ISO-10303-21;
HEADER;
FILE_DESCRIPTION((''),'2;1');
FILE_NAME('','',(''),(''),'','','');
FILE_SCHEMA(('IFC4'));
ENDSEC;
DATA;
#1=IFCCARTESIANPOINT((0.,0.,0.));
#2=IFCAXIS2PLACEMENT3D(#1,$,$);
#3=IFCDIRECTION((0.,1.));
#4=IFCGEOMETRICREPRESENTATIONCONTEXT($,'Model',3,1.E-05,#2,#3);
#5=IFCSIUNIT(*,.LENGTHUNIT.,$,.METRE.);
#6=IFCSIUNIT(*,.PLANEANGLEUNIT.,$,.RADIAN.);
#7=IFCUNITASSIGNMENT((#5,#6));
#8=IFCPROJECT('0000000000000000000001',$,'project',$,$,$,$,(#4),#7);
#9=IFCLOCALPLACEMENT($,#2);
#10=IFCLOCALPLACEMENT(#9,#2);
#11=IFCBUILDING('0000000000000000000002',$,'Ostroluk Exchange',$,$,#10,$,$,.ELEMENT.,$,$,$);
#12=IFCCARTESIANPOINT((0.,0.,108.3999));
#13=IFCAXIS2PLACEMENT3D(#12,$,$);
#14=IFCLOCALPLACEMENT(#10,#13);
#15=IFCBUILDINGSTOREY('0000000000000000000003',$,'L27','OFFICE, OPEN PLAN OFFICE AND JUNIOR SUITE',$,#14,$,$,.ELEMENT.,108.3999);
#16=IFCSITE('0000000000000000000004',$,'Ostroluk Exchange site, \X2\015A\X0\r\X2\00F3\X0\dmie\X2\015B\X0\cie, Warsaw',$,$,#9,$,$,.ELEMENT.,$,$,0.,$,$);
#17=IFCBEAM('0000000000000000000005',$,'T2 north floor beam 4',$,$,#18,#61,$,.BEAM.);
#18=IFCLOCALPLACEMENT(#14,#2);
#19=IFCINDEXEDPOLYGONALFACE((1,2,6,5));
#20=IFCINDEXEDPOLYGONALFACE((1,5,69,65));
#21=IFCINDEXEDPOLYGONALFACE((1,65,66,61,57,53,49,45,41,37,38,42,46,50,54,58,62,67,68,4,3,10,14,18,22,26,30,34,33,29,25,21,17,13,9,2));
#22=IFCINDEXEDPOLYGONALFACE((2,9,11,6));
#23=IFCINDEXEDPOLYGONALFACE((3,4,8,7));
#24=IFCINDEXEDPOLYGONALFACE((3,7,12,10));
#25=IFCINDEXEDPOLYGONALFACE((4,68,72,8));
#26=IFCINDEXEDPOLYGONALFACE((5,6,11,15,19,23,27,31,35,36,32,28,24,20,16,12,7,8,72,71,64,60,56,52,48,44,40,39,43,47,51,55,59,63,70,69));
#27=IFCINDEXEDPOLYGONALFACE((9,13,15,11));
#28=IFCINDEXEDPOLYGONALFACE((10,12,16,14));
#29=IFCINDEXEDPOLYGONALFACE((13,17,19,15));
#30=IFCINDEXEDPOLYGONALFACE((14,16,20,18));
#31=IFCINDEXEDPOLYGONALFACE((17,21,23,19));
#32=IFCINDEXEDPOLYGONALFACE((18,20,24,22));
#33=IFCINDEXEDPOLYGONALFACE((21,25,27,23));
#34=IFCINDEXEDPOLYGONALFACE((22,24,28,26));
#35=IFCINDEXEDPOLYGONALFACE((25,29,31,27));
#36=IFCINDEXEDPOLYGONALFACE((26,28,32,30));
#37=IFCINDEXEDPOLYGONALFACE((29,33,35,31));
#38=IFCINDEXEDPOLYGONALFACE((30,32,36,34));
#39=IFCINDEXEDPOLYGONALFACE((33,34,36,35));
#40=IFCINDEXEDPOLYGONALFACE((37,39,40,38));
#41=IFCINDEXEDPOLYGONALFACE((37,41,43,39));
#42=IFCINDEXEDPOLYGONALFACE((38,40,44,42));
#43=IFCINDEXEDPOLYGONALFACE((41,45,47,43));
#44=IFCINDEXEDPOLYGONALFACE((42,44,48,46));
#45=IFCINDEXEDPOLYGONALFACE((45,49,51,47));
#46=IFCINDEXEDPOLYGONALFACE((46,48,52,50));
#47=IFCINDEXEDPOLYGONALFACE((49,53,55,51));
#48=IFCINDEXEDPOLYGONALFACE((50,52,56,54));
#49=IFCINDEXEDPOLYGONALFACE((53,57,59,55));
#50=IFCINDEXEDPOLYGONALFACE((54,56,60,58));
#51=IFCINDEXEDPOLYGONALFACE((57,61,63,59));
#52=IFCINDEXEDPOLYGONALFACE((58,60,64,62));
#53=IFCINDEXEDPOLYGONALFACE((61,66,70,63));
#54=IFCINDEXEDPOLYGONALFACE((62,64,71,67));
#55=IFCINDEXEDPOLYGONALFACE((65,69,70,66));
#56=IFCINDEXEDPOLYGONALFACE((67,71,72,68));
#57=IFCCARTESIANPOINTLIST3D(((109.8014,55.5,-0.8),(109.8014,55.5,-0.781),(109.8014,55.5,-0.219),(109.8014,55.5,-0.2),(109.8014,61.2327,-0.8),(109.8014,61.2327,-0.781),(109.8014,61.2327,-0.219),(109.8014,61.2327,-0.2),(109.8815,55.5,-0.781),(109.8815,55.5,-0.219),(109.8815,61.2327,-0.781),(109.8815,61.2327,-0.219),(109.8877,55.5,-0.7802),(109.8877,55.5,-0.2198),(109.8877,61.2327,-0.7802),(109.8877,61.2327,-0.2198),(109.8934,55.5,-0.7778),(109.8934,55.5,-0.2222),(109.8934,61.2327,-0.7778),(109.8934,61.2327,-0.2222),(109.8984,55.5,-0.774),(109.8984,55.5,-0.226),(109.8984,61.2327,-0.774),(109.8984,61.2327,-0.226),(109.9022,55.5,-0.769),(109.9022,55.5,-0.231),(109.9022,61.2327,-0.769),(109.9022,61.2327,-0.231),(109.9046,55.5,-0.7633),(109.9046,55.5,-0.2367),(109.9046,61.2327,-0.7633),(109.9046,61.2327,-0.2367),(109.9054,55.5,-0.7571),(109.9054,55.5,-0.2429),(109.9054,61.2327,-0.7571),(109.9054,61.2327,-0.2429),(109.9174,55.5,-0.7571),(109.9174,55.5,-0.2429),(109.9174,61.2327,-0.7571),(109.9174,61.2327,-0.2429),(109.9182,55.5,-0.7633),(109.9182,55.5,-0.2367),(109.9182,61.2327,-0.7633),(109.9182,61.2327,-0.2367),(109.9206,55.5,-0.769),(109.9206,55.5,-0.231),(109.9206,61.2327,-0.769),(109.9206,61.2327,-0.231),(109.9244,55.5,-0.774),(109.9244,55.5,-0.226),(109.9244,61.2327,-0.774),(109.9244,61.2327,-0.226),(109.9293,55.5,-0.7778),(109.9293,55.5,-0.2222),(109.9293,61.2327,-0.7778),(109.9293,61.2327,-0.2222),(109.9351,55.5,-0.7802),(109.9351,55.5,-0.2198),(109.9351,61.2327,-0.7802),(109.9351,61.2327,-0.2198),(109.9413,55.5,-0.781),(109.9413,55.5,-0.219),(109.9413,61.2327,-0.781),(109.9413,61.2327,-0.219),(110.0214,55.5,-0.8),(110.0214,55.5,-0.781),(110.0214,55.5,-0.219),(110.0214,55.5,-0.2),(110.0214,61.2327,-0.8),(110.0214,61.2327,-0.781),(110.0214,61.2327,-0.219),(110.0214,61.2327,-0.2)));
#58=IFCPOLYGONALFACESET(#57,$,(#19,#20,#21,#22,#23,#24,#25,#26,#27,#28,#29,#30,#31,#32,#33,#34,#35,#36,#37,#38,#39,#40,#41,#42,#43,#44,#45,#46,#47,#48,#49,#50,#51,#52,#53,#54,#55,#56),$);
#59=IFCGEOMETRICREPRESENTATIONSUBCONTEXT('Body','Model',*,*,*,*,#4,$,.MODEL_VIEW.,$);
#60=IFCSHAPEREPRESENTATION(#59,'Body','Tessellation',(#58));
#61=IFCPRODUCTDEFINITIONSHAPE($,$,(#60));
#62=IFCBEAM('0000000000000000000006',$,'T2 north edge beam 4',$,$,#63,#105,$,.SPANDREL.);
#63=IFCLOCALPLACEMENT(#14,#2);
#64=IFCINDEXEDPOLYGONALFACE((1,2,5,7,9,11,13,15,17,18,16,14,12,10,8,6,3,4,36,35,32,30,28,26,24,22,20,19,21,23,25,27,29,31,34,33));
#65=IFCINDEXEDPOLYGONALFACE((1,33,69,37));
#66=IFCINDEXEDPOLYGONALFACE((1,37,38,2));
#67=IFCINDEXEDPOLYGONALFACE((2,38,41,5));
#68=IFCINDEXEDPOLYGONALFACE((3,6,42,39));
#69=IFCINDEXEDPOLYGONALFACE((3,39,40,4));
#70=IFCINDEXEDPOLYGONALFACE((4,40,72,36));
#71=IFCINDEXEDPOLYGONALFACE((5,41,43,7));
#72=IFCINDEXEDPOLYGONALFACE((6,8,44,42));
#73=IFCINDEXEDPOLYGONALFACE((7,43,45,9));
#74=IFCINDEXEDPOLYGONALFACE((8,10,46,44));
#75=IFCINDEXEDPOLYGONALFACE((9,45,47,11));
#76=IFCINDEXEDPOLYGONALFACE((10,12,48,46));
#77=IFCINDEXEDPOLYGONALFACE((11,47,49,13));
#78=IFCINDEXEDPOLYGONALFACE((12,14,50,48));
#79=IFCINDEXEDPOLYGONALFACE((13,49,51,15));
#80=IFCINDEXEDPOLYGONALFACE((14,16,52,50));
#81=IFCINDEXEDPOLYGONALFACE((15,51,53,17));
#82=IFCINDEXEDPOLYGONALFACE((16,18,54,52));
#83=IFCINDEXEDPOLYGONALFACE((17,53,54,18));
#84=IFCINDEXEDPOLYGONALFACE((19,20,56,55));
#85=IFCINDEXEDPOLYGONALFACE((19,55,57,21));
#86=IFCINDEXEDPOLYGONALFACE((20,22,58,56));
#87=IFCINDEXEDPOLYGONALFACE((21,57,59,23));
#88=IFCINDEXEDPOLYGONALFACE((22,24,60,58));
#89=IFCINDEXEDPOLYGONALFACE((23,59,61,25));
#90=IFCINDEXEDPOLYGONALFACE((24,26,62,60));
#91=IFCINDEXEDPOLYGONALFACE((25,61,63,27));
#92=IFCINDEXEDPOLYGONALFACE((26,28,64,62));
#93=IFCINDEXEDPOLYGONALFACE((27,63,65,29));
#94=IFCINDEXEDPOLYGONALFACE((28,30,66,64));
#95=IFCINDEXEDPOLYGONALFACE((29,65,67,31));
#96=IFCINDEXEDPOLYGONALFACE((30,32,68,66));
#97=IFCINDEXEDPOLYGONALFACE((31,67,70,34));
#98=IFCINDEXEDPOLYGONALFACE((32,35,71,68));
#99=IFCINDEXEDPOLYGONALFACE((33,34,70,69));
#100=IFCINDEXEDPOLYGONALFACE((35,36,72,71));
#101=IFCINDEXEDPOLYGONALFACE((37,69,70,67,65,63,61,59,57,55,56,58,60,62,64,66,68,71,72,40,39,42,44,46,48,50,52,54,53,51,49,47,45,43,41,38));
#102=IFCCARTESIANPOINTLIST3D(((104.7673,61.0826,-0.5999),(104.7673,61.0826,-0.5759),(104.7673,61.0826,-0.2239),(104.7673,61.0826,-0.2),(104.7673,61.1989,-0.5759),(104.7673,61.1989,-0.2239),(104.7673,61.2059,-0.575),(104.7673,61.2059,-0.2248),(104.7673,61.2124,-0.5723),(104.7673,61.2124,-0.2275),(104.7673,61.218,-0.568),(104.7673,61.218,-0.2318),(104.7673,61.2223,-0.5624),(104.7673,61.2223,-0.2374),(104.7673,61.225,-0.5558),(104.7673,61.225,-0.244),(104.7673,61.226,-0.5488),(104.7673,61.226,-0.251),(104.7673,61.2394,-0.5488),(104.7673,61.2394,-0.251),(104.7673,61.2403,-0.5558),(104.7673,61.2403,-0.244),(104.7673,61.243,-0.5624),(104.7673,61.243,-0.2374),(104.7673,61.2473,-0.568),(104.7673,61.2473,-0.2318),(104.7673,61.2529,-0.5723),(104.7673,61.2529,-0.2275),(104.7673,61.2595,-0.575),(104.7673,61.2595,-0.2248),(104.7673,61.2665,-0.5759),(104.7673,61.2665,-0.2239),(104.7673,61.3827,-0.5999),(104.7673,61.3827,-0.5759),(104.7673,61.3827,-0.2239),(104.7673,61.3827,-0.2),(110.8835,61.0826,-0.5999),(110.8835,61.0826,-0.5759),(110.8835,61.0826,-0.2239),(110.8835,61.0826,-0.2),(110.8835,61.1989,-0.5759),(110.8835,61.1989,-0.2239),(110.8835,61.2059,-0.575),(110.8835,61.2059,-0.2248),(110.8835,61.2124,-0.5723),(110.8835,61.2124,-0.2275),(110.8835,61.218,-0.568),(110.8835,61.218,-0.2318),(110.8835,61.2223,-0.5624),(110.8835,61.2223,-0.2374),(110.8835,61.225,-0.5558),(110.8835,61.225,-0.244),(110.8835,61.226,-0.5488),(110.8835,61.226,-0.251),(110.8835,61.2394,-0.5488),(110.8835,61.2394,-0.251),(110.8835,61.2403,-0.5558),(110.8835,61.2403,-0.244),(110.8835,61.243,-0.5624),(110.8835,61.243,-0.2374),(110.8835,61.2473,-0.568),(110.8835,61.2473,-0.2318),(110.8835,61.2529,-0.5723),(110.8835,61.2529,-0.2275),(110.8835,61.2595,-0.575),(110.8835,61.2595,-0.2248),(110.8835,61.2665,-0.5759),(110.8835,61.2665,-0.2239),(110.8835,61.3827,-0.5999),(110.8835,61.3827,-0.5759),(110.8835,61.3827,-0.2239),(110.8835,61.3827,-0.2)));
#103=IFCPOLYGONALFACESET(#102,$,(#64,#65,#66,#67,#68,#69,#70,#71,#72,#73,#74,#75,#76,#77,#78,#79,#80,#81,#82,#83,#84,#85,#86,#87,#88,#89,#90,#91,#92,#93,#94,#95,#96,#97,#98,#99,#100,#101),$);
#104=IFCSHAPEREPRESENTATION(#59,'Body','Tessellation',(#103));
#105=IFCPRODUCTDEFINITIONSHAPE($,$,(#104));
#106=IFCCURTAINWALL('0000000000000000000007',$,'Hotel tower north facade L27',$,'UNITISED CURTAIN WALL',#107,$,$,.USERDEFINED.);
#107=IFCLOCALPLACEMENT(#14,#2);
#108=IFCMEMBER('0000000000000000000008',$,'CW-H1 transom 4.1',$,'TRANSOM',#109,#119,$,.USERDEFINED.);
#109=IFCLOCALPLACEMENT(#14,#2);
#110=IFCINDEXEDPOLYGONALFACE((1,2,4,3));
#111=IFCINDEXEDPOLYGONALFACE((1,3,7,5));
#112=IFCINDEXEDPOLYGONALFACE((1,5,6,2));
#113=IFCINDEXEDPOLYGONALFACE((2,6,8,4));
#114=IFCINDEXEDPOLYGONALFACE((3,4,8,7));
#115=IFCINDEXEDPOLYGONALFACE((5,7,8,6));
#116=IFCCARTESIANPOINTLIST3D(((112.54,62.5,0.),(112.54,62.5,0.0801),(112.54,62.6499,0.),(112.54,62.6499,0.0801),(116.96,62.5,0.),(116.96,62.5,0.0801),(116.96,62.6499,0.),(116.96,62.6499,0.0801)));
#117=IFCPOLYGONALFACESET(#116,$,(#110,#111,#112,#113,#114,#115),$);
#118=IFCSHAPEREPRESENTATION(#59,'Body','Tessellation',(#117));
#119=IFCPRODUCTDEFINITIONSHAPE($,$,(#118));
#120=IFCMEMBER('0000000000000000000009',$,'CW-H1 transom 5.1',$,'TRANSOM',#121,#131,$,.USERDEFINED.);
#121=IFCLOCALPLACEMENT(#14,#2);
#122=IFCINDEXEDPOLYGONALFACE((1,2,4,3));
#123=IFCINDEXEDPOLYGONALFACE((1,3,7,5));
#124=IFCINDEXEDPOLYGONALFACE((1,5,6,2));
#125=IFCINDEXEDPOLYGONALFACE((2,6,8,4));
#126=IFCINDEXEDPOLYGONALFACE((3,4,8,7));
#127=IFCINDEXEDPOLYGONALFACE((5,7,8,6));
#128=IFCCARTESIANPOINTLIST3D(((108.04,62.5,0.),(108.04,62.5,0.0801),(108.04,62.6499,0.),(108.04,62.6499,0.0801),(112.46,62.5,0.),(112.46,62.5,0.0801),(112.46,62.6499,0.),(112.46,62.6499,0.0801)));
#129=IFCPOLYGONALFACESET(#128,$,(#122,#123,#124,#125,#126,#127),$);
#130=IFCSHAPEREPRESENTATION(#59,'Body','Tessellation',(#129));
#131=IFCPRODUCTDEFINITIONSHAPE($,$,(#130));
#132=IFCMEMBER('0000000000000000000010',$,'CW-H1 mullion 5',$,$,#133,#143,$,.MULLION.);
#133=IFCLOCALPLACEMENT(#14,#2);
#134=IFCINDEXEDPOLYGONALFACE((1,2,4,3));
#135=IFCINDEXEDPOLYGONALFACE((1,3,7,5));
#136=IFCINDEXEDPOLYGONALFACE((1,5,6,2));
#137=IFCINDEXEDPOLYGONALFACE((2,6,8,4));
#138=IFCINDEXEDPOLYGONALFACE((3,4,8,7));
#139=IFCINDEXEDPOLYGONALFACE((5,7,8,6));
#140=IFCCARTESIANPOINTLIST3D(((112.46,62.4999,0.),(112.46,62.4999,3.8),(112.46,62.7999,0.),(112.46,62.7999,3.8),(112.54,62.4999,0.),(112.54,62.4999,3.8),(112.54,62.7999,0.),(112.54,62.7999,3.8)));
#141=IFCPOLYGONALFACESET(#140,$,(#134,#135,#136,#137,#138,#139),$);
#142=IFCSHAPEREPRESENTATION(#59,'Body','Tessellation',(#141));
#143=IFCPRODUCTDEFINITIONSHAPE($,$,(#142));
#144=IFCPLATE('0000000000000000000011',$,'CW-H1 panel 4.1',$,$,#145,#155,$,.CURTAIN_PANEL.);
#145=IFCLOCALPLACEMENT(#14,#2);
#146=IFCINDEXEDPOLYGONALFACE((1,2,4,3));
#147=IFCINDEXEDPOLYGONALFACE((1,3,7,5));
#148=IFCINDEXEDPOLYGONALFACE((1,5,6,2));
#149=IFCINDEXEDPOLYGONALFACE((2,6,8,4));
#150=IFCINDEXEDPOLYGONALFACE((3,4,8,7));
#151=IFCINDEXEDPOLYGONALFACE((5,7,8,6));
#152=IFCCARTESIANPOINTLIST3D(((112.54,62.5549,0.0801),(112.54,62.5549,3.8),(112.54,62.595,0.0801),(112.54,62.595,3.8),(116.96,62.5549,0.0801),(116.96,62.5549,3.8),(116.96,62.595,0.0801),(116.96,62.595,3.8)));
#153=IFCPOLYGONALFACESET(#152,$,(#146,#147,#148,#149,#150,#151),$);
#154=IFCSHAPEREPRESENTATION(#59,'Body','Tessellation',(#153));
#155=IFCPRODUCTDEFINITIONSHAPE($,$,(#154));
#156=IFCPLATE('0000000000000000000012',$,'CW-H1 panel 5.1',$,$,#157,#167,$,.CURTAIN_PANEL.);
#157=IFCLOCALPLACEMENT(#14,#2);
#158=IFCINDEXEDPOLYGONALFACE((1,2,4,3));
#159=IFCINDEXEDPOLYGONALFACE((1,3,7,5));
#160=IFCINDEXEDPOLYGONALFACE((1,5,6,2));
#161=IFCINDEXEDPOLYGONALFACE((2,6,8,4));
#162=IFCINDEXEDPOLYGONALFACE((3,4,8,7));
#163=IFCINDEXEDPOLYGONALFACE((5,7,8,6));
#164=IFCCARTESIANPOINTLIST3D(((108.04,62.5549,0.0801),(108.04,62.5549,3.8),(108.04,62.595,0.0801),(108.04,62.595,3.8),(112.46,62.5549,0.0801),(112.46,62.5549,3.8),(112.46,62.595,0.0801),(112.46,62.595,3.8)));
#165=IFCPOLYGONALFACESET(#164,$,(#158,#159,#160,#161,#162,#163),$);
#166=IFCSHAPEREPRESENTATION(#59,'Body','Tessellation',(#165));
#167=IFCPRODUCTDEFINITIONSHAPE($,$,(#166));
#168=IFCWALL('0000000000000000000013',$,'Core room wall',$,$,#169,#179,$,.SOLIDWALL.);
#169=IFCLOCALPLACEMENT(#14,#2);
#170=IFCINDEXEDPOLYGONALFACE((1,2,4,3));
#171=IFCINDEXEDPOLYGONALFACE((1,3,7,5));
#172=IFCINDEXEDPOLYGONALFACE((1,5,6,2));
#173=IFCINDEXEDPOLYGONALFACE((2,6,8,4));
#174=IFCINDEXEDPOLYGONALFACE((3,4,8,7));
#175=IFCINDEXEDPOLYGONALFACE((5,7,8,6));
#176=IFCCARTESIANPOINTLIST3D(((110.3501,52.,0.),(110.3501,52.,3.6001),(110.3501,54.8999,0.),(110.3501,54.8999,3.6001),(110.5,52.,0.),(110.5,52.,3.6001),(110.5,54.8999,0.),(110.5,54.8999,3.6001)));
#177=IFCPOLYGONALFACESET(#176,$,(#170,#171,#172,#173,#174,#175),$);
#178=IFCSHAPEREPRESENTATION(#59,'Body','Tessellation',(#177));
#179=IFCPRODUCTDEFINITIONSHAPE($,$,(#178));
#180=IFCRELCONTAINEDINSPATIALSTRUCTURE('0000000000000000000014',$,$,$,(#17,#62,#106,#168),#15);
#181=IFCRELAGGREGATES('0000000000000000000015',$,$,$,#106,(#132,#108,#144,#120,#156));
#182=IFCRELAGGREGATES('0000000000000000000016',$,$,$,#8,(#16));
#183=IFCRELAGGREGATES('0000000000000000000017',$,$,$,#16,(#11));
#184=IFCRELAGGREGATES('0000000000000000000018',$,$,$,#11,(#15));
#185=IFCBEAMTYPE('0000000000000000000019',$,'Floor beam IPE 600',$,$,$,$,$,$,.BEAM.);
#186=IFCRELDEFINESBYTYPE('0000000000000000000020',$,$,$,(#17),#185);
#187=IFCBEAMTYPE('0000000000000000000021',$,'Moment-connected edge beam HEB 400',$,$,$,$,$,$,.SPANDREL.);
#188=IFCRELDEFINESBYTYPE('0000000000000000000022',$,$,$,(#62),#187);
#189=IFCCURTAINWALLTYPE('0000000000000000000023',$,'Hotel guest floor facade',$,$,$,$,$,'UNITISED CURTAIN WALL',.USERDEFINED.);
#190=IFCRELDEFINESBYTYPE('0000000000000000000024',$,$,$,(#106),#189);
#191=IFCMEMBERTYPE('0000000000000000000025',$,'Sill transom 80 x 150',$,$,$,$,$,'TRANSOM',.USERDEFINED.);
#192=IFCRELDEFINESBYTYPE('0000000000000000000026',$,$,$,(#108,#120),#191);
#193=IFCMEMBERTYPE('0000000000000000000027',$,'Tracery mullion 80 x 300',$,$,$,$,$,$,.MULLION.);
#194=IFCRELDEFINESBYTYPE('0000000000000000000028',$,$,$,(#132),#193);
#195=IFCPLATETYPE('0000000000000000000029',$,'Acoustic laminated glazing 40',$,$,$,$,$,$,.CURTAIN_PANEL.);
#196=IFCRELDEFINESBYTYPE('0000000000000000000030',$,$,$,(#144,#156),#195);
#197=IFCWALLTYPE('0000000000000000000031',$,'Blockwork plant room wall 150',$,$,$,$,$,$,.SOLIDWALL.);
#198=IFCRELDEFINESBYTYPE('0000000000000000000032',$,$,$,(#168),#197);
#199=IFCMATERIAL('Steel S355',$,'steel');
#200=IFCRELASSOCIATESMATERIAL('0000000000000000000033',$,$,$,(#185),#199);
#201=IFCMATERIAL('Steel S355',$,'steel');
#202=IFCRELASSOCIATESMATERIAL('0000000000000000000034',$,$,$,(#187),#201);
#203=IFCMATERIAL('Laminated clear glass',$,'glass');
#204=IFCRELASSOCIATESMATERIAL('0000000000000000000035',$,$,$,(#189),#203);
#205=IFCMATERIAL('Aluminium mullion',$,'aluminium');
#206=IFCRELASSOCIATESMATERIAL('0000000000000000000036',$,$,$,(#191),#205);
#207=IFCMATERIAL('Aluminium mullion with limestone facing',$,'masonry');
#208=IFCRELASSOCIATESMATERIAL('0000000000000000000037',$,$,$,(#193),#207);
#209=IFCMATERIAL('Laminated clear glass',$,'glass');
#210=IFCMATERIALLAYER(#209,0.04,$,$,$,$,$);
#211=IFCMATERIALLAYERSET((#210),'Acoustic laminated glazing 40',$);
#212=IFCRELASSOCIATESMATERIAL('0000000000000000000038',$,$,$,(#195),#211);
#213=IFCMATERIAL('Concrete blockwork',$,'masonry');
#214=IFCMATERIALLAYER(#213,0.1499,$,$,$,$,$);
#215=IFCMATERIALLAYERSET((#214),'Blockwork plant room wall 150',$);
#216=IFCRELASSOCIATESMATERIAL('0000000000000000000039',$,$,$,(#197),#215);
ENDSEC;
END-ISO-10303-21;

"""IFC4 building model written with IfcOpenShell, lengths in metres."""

from ifc_helpers import new_model, si_unit, direction, frame, frame_2d, origin, origin_2d, place, context, subcontext, project, spatial, rectangle, i_section, extrude, material, layer, layer_set, material_profile, profile_set, type_object, element, aggregate, save


model = new_model("IFC4")

# Units and contexts
model_context = context("Model", 3, precision=1e-05, world=origin(), true_north=direction((0.0, 1.0)))
body_context = subcontext(model_context, "Body", "Model", "MODEL_VIEW")
ifc_project = project(units=[si_unit("LENGTHUNIT", "METRE"), si_unit("PLANEANGLEUNIT", "RADIAN")], contexts=[model_context])

# Site, building, storey
site_placement = place(None, origin())
site = spatial("IfcSite", under=ifc_project, at=site_placement, Name="Ostroluk Exchange site, Śródmieście, Warsaw", CompositionType="ELEMENT", RefElevation=0.0)
building_placement = place(site_placement, origin())
building = spatial("IfcBuilding", under=site, at=building_placement, Name="Ostroluk Exchange", CompositionType="ELEMENT")
storey_placement = place(building_placement, frame((0.0, 0.0, 108.3999)))
storey = spatial("IfcBuildingStorey", under=building, at=storey_placement, Name="L27", Description="OFFICE, OPEN PLAN OFFICE AND JUNIOR SUITE", CompositionType="ELEMENT", Elevation=108.3999)

# Beams
ifc_material_1 = material(Name="Steel S355", Category="steel")
ifc_material_profile_1 = material_profile(ifc_material_1, i_section(OverallWidth=0.22, OverallDepth=0.6001, WebThickness=0.012, FlangeThickness=0.019, FilletRadius=0.0239, at=origin_2d()), Name="IPE 600")
ifc_profile_set_1 = profile_set([ifc_material_profile_1], Name="Steel S355")
beam_type_1 = type_object("IfcBeamType", Name="Floor beam IPE 600", PredefinedType="BEAM", material=ifc_profile_set_1)
for number, where, z_axis, x_axis, name in (
    (1, (109.9114, 55.5, -0.5), (0.0, 1.0, 0.0), (-1.0, 0.0, 0.0), "T2 north floor beam 4"),
):
    element("IfcBeam", number, at=place(storey_placement, frame(where, z_axis=z_axis, x_axis=x_axis)), inside=storey, type_object=beam_type_1, Name=name, PredefinedType="BEAM", context=body_context, shape_type="SweptSolid", body=[
        extrude(i_section(OverallWidth=0.22, OverallDepth=0.6001, WebThickness=0.012, FlangeThickness=0.019, FilletRadius=0.0239, at=origin_2d()), origin(), (0.0, 0.0, 1.0), 5.7327),
    ])
ifc_material_2 = material(Name="Steel S355", Category="steel")
ifc_material_profile_2 = material_profile(ifc_material_2, i_section(OverallWidth=0.3, OverallDepth=0.3999, WebThickness=0.0134, FlangeThickness=0.0239, FilletRadius=0.0271, at=origin_2d()), Name="HEB 400")
ifc_profile_set_2 = profile_set([ifc_material_profile_2], Name="Steel S355")
beam_type_2 = type_object("IfcBeamType", Name="Moment-connected edge beam HEB 400", PredefinedType="SPANDREL", material=ifc_profile_set_2)
beam_placement = place(storey_placement, frame((110.8835, 61.2327, -0.3999), z_axis=(-1.0, 0.0, 0.0), x_axis=(0.0, -1.0, 0.0)))
element("IfcBeam", 2, at=beam_placement, inside=storey, type_object=beam_type_2, Name="T2 north edge beam 4", PredefinedType="SPANDREL", context=body_context, shape_type="SweptSolid", body=[
    extrude(i_section(OverallWidth=0.3, OverallDepth=0.3999, WebThickness=0.0134, FlangeThickness=0.0239, FilletRadius=0.0271, at=origin_2d()), origin(), (0.0, 0.0, 1.0), 6.1162),
])

# Curtain wall, members, plates
ifc_material_3 = material(Name="Laminated clear glass", Category="glass")
curtain_wall_type = type_object("IfcCurtainWallType", Name="Hotel guest floor facade", ElementType="UNITISED CURTAIN WALL", PredefinedType="USERDEFINED", material=ifc_material_3)
curtain_wall_placement = place(storey_placement, origin())
curtain_wall = element("IfcCurtainWall", 3, at=curtain_wall_placement, inside=storey, type_object=curtain_wall_type, Name="Hotel tower north facade L27", ObjectType="UNITISED CURTAIN WALL", PredefinedType="USERDEFINED")
ifc_material_4 = material(Name="Aluminium mullion", Category="aluminium")
ifc_material_profile_3 = material_profile(ifc_material_4, rectangle(XDim=0.1499, YDim=0.0801, at=origin_2d()), Name="Sill transom 80 x 150")
ifc_profile_set_3 = profile_set([ifc_material_profile_3], Name="Aluminium mullion")
member_type_1 = type_object("IfcMemberType", Name="Sill transom 80 x 150", ElementType="TRANSOM", PredefinedType="USERDEFINED", material=ifc_profile_set_3)
member_1_placement = place(storey_placement, frame((116.96, 62.575, 0.04), z_axis=(-1.0, 0.0, 0.0), x_axis=(0.0, -1.0, 0.0)))
member_1 = element("IfcMember", 4, at=member_1_placement, type_object=member_type_1, Name="CW-H1 transom 4.1", ObjectType="TRANSOM", PredefinedType="USERDEFINED", context=body_context, shape_type="SweptSolid", body=[
    extrude(rectangle(XDim=0.1499, YDim=0.0801, at=origin_2d()), origin(), (0.0, 0.0, 1.0), 4.4199),
])
member_2_placement = place(storey_placement, frame((112.46, 62.575, 0.04), z_axis=(-1.0, 0.0, 0.0), x_axis=(0.0, -1.0, 0.0)))
member_2 = element("IfcMember", 5, at=member_2_placement, type_object=member_type_1, Name="CW-H1 transom 5.1", ObjectType="TRANSOM", PredefinedType="USERDEFINED", context=body_context, shape_type="SweptSolid", body=[
    extrude(rectangle(XDim=0.1499, YDim=0.0801, at=origin_2d()), origin(), (0.0, 0.0, 1.0), 4.4199),
])
ifc_material_5 = material(Name="Aluminium mullion with limestone facing", Category="masonry")
ifc_material_profile_4 = material_profile(ifc_material_5, rectangle(XDim=0.3, YDim=0.0801, at=origin_2d()), Name="Tracery mullion 80 x 300")
ifc_profile_set_4 = profile_set([ifc_material_profile_4], Name="Aluminium mullion with limestone facing")
member_type_2 = type_object("IfcMemberType", Name="Tracery mullion 80 x 300", PredefinedType="MULLION", material=ifc_profile_set_4)
member_3_placement = place(storey_placement, frame((112.5, 62.6499, 0.0), z_axis=(0.0, 0.0, 1.0), x_axis=(0.0, -1.0, 0.0)))
member_3 = element("IfcMember", 6, at=member_3_placement, type_object=member_type_2, Name="CW-H1 mullion 5", PredefinedType="MULLION", context=body_context, shape_type="SweptSolid", body=[
    extrude(rectangle(XDim=0.3, YDim=0.0801, at=origin_2d()), origin(), (0.0, 0.0, 1.0), 3.8),
])
ifc_material_6 = material(Name="Laminated clear glass", Category="glass")
ifc_layer_1 = layer(ifc_material_6, 0.04)
ifc_layer_set_1 = layer_set([ifc_layer_1], Name="Acoustic laminated glazing 40")
plate_type = type_object("IfcPlateType", Name="Acoustic laminated glazing 40", PredefinedType="CURTAIN_PANEL", material=ifc_layer_set_1)
plate_1_placement = place(storey_placement, frame((114.75, 62.575, 0.0801), z_axis=(0.0, 0.0, 1.0), x_axis=(-1.0, 0.0, 0.0)))
plate_1 = element("IfcPlate", 7, at=plate_1_placement, type_object=plate_type, Name="CW-H1 panel 4.1", PredefinedType="CURTAIN_PANEL", context=body_context, shape_type="SweptSolid", body=[
    extrude(rectangle(XDim=4.4199, YDim=0.04, at=origin_2d()), origin(), (0.0, 0.0, 1.0), 3.72),
])
plate_2_placement = place(storey_placement, frame((110.25, 62.575, 0.0801), z_axis=(0.0, 0.0, 1.0), x_axis=(-1.0, 0.0, 0.0)))
plate_2 = element("IfcPlate", 8, at=plate_2_placement, type_object=plate_type, Name="CW-H1 panel 5.1", PredefinedType="CURTAIN_PANEL", context=body_context, shape_type="SweptSolid", body=[
    extrude(rectangle(XDim=4.4199, YDim=0.04, at=origin_2d()), origin(), (0.0, 0.0, 1.0), 3.72),
])
aggregate(curtain_wall, [member_3, member_1, plate_1, member_2, plate_2])

# Wall
ifc_material_7 = material(Name="Concrete blockwork", Category="masonry")
ifc_layer_2 = layer(ifc_material_7, 0.1499)
ifc_layer_set_2 = layer_set([ifc_layer_2], Name="Blockwork plant room wall 150")
wall_type_1 = type_object("IfcWallType", Name="Blockwork plant room wall 150", PredefinedType="SOLIDWALL", material=ifc_layer_set_2)
wall_1_placement = place(storey_placement, frame((110.425, 52.0, 0.0), z_axis=(0.0, 0.0, 1.0), x_axis=(0.0, 1.0, 0.0)))
element("IfcWall", 9, at=wall_1_placement, inside=storey, type_object=wall_type_1, Name="Core room wall", PredefinedType="SOLIDWALL", context=body_context, shape_type="SweptSolid", body=[
    extrude(rectangle(XDim=2.8999, YDim=0.1499, at=frame_2d((1.45, 0.0))), origin(), (0.0, 0.0, 1.0), 3.6001),
])

save(model, "model.ifc")
